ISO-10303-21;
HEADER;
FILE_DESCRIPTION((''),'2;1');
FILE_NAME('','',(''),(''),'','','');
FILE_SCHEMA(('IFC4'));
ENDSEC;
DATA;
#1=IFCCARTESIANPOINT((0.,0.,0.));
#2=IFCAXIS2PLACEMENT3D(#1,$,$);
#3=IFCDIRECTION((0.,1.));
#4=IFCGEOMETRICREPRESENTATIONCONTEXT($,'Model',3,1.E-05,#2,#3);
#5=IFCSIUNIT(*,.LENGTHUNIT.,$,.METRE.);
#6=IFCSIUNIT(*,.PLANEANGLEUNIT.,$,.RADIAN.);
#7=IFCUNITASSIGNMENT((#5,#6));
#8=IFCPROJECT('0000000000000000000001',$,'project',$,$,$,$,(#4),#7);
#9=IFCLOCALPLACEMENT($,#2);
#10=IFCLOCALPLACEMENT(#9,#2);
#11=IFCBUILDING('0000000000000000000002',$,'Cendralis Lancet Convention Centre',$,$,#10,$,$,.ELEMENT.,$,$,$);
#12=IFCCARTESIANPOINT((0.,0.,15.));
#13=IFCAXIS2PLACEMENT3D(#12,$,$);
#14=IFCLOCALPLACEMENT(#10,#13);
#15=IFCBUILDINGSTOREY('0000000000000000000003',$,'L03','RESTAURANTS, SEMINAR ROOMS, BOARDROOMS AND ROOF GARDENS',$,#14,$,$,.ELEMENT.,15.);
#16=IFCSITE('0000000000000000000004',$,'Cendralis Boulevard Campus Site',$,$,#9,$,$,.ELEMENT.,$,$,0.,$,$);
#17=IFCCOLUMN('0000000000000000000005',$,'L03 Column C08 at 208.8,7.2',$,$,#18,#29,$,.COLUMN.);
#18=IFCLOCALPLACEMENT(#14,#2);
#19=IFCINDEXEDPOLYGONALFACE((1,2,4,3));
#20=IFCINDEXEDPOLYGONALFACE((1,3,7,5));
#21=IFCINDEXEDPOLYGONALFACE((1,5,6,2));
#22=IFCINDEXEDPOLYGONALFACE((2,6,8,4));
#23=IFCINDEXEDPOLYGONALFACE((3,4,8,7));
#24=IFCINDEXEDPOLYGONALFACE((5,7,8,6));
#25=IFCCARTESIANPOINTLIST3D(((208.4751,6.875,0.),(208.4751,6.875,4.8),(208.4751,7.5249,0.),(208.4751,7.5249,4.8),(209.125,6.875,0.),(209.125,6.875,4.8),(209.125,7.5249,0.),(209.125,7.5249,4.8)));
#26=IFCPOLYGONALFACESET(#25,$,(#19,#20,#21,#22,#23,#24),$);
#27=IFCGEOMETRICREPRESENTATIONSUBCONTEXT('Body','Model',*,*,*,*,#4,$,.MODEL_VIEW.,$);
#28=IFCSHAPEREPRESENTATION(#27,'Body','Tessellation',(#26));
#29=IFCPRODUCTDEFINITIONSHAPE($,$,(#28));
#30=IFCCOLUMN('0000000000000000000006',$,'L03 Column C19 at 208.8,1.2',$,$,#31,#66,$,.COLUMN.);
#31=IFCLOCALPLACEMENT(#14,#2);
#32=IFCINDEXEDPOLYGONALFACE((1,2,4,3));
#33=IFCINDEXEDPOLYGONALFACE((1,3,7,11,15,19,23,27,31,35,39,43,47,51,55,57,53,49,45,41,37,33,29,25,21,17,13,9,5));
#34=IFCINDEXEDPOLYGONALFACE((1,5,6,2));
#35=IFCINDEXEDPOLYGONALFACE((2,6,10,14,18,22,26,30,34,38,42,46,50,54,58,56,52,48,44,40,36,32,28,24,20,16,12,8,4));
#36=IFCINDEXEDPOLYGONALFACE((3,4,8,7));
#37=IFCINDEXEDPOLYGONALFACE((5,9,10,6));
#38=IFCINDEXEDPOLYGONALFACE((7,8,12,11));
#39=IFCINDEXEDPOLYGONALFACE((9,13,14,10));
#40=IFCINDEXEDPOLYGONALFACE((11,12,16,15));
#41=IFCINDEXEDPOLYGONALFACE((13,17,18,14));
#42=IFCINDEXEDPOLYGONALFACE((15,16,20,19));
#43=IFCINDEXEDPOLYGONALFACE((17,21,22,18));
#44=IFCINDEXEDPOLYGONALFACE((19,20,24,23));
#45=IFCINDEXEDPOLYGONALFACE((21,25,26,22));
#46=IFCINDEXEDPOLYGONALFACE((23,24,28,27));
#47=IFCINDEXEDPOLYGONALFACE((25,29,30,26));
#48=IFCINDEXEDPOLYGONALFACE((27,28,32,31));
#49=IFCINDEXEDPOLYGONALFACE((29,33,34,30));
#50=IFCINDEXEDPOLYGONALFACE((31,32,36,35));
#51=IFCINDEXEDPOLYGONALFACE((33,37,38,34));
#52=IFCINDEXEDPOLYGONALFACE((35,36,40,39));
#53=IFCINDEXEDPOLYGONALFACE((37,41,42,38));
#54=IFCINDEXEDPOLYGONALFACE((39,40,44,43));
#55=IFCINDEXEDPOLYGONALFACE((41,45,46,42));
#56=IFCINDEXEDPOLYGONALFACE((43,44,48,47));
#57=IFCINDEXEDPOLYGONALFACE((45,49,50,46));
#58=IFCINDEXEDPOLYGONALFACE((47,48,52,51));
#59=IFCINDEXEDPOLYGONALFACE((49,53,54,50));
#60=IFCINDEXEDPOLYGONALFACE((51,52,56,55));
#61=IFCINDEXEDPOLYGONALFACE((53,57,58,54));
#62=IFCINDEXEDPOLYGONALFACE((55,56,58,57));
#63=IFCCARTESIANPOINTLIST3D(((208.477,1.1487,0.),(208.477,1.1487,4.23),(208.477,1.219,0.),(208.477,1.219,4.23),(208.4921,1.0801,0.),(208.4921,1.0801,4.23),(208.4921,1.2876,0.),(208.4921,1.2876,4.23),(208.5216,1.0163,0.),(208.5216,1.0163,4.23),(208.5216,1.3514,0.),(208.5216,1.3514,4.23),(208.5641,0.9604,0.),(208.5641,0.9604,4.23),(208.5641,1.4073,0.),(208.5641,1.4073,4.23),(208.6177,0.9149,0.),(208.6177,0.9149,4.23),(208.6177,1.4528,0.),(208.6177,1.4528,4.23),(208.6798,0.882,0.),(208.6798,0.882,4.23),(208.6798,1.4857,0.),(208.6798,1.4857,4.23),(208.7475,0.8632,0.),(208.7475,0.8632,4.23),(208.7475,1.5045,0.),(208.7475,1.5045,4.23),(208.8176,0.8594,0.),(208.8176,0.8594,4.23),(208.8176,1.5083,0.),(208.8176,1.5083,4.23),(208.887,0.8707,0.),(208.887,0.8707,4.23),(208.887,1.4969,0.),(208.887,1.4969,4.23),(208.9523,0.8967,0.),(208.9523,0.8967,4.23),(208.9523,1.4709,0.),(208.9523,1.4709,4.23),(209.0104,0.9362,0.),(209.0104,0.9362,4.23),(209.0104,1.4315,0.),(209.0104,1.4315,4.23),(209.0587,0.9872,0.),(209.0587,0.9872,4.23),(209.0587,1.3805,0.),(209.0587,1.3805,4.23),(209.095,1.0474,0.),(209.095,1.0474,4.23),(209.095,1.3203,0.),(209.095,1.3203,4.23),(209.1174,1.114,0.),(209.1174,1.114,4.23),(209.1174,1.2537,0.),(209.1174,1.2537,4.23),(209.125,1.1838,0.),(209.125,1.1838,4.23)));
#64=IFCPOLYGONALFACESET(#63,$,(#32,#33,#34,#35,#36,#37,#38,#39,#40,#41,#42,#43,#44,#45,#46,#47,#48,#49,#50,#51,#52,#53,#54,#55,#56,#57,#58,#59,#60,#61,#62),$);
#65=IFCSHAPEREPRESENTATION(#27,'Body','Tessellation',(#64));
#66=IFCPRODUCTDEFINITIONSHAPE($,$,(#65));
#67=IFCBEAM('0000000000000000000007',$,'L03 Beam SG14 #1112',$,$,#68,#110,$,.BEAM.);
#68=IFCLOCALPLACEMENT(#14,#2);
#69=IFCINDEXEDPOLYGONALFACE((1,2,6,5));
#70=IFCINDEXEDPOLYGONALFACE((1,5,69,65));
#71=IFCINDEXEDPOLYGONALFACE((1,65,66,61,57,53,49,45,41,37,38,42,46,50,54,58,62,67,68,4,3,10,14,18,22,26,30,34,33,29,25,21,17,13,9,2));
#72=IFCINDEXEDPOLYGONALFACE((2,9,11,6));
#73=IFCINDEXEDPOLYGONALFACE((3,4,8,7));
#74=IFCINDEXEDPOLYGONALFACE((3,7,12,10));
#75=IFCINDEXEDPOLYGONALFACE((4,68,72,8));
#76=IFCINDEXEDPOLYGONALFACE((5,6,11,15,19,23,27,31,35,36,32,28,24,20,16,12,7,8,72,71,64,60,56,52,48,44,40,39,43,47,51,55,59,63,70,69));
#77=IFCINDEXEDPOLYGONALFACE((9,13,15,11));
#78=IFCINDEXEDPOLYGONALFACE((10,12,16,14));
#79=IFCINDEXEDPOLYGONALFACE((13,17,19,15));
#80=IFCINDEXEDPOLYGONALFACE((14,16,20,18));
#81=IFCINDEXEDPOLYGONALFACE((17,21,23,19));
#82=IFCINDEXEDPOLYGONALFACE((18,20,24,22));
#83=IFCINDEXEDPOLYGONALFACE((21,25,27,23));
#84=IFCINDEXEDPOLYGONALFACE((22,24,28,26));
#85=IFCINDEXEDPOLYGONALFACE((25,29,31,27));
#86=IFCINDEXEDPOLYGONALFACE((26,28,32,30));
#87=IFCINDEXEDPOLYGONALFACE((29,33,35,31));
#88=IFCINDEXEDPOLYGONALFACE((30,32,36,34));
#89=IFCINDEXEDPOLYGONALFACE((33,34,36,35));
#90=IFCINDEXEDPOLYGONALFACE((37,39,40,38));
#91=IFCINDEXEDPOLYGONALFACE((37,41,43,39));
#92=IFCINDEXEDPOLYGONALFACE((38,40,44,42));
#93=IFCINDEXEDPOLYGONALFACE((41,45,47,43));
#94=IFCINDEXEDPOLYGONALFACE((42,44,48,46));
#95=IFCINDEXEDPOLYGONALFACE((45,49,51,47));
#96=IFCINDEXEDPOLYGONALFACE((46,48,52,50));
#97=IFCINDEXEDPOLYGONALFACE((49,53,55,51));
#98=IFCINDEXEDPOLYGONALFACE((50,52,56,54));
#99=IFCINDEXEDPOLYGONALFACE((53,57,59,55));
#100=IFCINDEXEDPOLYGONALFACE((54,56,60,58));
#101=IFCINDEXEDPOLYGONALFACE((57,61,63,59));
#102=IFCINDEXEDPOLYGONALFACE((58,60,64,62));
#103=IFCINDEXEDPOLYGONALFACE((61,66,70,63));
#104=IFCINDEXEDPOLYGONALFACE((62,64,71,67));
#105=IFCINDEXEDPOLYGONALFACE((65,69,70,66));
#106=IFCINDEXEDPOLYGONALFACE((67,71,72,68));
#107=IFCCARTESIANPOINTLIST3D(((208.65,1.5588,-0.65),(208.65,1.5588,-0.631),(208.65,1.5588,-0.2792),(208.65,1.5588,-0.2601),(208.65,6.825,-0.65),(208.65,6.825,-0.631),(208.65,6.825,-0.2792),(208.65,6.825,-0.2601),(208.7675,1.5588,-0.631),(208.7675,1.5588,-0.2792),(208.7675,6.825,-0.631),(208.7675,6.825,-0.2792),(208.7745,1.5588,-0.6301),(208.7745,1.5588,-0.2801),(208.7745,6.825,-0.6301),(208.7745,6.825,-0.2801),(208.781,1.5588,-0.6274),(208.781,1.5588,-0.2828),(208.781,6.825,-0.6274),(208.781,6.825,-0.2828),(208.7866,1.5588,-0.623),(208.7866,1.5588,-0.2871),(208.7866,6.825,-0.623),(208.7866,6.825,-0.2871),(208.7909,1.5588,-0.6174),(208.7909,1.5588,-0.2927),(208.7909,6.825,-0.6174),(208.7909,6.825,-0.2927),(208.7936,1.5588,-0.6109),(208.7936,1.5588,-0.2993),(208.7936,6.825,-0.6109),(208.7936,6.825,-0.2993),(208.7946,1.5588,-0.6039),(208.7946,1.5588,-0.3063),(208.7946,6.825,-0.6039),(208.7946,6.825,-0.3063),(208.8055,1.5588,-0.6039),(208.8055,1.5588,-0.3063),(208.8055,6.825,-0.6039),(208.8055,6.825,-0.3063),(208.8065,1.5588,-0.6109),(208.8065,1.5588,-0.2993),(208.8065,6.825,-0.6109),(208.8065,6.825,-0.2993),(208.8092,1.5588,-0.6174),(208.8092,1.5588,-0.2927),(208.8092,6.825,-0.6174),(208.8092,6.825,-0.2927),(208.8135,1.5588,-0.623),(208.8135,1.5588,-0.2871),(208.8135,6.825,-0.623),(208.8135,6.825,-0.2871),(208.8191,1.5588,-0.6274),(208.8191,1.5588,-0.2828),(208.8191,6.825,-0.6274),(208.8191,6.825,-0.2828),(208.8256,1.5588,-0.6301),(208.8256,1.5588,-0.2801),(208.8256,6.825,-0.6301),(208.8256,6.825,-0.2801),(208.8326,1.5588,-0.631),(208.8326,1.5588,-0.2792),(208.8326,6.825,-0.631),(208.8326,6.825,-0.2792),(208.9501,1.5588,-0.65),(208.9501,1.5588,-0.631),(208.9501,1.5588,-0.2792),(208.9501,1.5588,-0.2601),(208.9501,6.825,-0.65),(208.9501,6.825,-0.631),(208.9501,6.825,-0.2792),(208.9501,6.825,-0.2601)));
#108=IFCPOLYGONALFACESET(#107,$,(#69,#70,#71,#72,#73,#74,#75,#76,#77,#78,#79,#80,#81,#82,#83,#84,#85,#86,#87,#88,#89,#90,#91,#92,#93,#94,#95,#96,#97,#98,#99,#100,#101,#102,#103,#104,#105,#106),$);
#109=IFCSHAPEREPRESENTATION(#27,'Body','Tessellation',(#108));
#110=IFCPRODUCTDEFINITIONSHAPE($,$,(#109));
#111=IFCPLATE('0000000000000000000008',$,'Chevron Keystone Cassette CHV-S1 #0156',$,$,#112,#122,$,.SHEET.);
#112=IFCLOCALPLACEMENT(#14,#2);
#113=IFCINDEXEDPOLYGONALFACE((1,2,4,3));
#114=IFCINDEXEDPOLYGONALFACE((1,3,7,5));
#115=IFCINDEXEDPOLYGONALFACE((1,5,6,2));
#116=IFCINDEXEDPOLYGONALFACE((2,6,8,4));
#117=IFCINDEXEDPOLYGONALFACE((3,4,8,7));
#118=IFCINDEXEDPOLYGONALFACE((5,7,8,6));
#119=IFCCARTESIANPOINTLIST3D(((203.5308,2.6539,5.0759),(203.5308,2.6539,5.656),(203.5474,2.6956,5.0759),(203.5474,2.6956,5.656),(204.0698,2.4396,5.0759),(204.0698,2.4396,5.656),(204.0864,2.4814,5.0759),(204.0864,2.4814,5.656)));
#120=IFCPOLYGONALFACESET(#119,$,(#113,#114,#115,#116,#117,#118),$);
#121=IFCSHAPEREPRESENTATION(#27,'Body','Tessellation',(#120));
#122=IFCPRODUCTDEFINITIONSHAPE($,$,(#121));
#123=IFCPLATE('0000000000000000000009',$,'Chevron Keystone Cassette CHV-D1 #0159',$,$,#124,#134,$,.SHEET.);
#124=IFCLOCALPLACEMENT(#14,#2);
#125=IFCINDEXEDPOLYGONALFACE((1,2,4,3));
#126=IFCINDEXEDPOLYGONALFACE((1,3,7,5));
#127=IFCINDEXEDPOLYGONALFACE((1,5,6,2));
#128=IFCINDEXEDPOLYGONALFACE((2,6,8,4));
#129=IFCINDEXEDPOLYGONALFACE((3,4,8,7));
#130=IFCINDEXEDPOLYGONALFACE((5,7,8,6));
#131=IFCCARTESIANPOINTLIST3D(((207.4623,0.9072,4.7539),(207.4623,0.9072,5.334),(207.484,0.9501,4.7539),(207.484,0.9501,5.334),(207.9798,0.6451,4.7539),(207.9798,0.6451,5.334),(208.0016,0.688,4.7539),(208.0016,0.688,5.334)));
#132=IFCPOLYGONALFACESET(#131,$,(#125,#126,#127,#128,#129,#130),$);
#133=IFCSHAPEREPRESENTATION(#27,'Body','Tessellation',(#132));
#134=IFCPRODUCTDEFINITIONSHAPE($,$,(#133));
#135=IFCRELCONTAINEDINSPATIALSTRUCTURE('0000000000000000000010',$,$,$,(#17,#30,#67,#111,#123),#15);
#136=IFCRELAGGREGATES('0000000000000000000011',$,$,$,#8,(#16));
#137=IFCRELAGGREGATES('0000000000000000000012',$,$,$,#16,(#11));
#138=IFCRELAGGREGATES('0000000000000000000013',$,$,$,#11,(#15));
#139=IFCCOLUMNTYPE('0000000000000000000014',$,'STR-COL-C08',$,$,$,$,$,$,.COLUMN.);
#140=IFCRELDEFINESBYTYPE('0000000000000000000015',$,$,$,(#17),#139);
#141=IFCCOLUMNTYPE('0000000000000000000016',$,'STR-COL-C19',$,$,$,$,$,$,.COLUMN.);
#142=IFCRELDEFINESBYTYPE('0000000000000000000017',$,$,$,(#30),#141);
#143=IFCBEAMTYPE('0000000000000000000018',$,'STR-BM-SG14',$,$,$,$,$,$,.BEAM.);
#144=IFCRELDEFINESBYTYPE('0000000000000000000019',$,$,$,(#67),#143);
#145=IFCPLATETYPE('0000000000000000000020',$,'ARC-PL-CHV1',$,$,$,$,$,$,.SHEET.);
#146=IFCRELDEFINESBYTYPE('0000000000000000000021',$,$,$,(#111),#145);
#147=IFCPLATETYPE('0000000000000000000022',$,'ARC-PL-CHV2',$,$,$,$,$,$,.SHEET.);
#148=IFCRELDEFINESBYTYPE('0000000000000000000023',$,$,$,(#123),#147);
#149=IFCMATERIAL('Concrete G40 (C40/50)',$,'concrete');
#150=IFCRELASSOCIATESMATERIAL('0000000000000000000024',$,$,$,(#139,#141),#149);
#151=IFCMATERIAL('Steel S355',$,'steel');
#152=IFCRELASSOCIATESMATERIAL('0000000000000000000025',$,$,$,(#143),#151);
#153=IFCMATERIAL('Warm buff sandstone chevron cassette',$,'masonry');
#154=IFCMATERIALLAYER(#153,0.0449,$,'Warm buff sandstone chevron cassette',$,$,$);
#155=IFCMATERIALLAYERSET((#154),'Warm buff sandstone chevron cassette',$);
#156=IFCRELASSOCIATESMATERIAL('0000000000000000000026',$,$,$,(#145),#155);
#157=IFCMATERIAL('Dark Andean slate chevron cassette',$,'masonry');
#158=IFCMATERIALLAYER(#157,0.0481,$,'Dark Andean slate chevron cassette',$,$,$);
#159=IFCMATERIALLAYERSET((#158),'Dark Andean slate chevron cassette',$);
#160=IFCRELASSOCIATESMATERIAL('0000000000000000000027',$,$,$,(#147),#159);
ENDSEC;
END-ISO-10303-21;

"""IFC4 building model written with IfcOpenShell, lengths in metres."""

from ifc_helpers import new_model, si_unit, direction, frame, origin, origin_2d, place, context, subcontext, project, spatial, rectangle, circle, i_section, extrude, material, layer, layer_set, material_profile, profile_set, type_object, element, save


model = new_model("IFC4")

# Units and contexts
model_context = context("Model", 3, precision=1e-05, world=origin(), true_north=direction((0.0, 1.0)))
body_context = subcontext(model_context, "Body", "Model", "MODEL_VIEW")
ifc_project = project(units=[si_unit("LENGTHUNIT", "METRE"), si_unit("PLANEANGLEUNIT", "RADIAN")], contexts=[model_context])

# Site, building, storey
site_placement = place(None, origin())
site = spatial("IfcSite", under=ifc_project, at=site_placement, Name="Cendralis Boulevard Campus Site", CompositionType="ELEMENT", RefElevation=0.0)
building_placement = place(site_placement, origin())
building = spatial("IfcBuilding", under=site, at=building_placement, Name="Cendralis Lancet Convention Centre", CompositionType="ELEMENT")
storey_placement = place(building_placement, frame((0.0, 0.0, 15.0)))
storey = spatial("IfcBuildingStorey", under=building, at=storey_placement, Name="L03", Description="RESTAURANTS, SEMINAR ROOMS, BOARDROOMS AND ROOF GARDENS", CompositionType="ELEMENT", Elevation=15.0)

# Columns
ifc_material_1 = material(Name="Concrete G40 (C40/50)", Category="concrete")
ifc_material_profile_1 = material_profile(ifc_material_1, rectangle(XDim=0.6499, YDim=0.6499, at=origin_2d()), Name="RC 650x650")
ifc_profile_set_1 = profile_set([ifc_material_profile_1], Name="Concrete G40 (C40/50)")
column_type_1 = type_object("IfcColumnType", Name="STR-COL-C08", PredefinedType="COLUMN", material=ifc_profile_set_1)
column_1_placement = place(storey_placement, frame((208.8, 7.2, 0.0), z_axis=(0.0, 0.0, 1.0), x_axis=(1.0, 0.0, 0.0)))
element("IfcColumn", 1, at=column_1_placement, inside=storey, type_object=column_type_1, Name="L03 Column C08 at 208.8,7.2", PredefinedType="COLUMN", context=body_context, shape_type="SweptSolid", body=[
    extrude(rectangle(XDim=0.6499, YDim=0.6499, at=origin_2d()), origin(), (0.0, 0.0, 1.0), 4.8),
])
ifc_material_profile_2 = material_profile(ifc_material_1, circle(Radius=0.325, at=origin_2d()), Name="RC D650")
ifc_profile_set_2 = profile_set([ifc_material_profile_2], Name="Concrete G40 (C40/50)")
column_type_2 = type_object("IfcColumnType", Name="STR-COL-C19", PredefinedType="COLUMN", material=ifc_profile_set_2)
column_2_placement = place(storey_placement, frame((208.8, 1.1838, 0.0), z_axis=(0.0, 0.0, 1.0), x_axis=(1.0, 0.0, 0.0)))
element("IfcColumn", 2, at=column_2_placement, inside=storey, type_object=column_type_2, Name="L03 Column C19 at 208.8,1.2", PredefinedType="COLUMN", context=body_context, shape_type="SweptSolid", body=[
    extrude(circle(Radius=0.325, at=origin_2d()), origin(), (0.0, 0.0, 1.0), 4.23),
])

# Beam
ifc_material_2 = material(Name="Steel S355", Category="steel")
ifc_material_profile_3 = material_profile(ifc_material_2, i_section(OverallWidth=0.3, OverallDepth=0.3899, WebThickness=0.011, FlangeThickness=0.019, FilletRadius=0.0271, at=origin_2d()), Name="HEA 400")
ifc_profile_set_3 = profile_set([ifc_material_profile_3], Name="Steel S355")
beam_type = type_object("IfcBeamType", Name="STR-BM-SG14", PredefinedType="BEAM", material=ifc_profile_set_3)
beam_placement = place(storey_placement, frame((208.8, 1.5588, -0.4551), z_axis=(0.0, 1.0, 0.0), x_axis=(-1.0, 0.0, 0.0)))
element("IfcBeam", 3, at=beam_placement, inside=storey, type_object=beam_type, Name="L03 Beam SG14 #1112", PredefinedType="BEAM", context=body_context, shape_type="SweptSolid", body=[
    extrude(i_section(OverallWidth=0.3, OverallDepth=0.3899, WebThickness=0.011, FlangeThickness=0.019, FilletRadius=0.0271, at=origin_2d()), origin(), (0.0, 0.0, 1.0), 5.2661),
])

# Plates
ifc_material_3 = material(Name="Warm buff sandstone chevron cassette", Category="masonry")
ifc_layer_1 = layer(ifc_material_3, 0.0449, Name="Warm buff sandstone chevron cassette")
ifc_layer_set_1 = layer_set([ifc_layer_1], Name="Warm buff sandstone chevron cassette")
plate_type_1 = type_object("IfcPlateType", Name="ARC-PL-CHV1", PredefinedType="SHEET", material=ifc_layer_set_1)
plate_1_placement = place(storey_placement, frame((203.8086, 2.5676, 5.0759), z_axis=(0.0, 0.0, 1.0), x_axis=(0.929287, -0.369358, 0.0)))
element("IfcPlate", 4, at=plate_1_placement, inside=storey, type_object=plate_type_1, Name="Chevron Keystone Cassette CHV-S1 #0156", PredefinedType="SHEET", context=body_context, shape_type="SweptSolid", body=[
    extrude(rectangle(XDim=0.5801, YDim=0.0449, at=origin_2d()), origin(), (0.0, 0.0, 1.0), 0.5801),
])
ifc_material_4 = material(Name="Dark Andean slate chevron cassette", Category="masonry")
ifc_layer_2 = layer(ifc_material_4, 0.0481, Name="Dark Andean slate chevron cassette")
ifc_layer_set_2 = layer_set([ifc_layer_2], Name="Dark Andean slate chevron cassette")
plate_type_2 = type_object("IfcPlateType", Name="ARC-PL-CHV2", PredefinedType="SHEET", material=ifc_layer_set_2)
plate_2_placement = place(storey_placement, frame((207.7319, 0.7976, 4.7539), z_axis=(0.0, 0.0, 1.0), x_axis=(0.892153, -0.451734, 0.0)))
element("IfcPlate", 5, at=plate_2_placement, inside=storey, type_object=plate_type_2, Name="Chevron Keystone Cassette CHV-D1 #0159", PredefinedType="SHEET", context=body_context, shape_type="SweptSolid", body=[
    extrude(rectangle(XDim=0.5801, YDim=0.0481, at=origin_2d()), origin(), (0.0, 0.0, 1.0), 0.5801),
])

save(model, "model.ifc")
